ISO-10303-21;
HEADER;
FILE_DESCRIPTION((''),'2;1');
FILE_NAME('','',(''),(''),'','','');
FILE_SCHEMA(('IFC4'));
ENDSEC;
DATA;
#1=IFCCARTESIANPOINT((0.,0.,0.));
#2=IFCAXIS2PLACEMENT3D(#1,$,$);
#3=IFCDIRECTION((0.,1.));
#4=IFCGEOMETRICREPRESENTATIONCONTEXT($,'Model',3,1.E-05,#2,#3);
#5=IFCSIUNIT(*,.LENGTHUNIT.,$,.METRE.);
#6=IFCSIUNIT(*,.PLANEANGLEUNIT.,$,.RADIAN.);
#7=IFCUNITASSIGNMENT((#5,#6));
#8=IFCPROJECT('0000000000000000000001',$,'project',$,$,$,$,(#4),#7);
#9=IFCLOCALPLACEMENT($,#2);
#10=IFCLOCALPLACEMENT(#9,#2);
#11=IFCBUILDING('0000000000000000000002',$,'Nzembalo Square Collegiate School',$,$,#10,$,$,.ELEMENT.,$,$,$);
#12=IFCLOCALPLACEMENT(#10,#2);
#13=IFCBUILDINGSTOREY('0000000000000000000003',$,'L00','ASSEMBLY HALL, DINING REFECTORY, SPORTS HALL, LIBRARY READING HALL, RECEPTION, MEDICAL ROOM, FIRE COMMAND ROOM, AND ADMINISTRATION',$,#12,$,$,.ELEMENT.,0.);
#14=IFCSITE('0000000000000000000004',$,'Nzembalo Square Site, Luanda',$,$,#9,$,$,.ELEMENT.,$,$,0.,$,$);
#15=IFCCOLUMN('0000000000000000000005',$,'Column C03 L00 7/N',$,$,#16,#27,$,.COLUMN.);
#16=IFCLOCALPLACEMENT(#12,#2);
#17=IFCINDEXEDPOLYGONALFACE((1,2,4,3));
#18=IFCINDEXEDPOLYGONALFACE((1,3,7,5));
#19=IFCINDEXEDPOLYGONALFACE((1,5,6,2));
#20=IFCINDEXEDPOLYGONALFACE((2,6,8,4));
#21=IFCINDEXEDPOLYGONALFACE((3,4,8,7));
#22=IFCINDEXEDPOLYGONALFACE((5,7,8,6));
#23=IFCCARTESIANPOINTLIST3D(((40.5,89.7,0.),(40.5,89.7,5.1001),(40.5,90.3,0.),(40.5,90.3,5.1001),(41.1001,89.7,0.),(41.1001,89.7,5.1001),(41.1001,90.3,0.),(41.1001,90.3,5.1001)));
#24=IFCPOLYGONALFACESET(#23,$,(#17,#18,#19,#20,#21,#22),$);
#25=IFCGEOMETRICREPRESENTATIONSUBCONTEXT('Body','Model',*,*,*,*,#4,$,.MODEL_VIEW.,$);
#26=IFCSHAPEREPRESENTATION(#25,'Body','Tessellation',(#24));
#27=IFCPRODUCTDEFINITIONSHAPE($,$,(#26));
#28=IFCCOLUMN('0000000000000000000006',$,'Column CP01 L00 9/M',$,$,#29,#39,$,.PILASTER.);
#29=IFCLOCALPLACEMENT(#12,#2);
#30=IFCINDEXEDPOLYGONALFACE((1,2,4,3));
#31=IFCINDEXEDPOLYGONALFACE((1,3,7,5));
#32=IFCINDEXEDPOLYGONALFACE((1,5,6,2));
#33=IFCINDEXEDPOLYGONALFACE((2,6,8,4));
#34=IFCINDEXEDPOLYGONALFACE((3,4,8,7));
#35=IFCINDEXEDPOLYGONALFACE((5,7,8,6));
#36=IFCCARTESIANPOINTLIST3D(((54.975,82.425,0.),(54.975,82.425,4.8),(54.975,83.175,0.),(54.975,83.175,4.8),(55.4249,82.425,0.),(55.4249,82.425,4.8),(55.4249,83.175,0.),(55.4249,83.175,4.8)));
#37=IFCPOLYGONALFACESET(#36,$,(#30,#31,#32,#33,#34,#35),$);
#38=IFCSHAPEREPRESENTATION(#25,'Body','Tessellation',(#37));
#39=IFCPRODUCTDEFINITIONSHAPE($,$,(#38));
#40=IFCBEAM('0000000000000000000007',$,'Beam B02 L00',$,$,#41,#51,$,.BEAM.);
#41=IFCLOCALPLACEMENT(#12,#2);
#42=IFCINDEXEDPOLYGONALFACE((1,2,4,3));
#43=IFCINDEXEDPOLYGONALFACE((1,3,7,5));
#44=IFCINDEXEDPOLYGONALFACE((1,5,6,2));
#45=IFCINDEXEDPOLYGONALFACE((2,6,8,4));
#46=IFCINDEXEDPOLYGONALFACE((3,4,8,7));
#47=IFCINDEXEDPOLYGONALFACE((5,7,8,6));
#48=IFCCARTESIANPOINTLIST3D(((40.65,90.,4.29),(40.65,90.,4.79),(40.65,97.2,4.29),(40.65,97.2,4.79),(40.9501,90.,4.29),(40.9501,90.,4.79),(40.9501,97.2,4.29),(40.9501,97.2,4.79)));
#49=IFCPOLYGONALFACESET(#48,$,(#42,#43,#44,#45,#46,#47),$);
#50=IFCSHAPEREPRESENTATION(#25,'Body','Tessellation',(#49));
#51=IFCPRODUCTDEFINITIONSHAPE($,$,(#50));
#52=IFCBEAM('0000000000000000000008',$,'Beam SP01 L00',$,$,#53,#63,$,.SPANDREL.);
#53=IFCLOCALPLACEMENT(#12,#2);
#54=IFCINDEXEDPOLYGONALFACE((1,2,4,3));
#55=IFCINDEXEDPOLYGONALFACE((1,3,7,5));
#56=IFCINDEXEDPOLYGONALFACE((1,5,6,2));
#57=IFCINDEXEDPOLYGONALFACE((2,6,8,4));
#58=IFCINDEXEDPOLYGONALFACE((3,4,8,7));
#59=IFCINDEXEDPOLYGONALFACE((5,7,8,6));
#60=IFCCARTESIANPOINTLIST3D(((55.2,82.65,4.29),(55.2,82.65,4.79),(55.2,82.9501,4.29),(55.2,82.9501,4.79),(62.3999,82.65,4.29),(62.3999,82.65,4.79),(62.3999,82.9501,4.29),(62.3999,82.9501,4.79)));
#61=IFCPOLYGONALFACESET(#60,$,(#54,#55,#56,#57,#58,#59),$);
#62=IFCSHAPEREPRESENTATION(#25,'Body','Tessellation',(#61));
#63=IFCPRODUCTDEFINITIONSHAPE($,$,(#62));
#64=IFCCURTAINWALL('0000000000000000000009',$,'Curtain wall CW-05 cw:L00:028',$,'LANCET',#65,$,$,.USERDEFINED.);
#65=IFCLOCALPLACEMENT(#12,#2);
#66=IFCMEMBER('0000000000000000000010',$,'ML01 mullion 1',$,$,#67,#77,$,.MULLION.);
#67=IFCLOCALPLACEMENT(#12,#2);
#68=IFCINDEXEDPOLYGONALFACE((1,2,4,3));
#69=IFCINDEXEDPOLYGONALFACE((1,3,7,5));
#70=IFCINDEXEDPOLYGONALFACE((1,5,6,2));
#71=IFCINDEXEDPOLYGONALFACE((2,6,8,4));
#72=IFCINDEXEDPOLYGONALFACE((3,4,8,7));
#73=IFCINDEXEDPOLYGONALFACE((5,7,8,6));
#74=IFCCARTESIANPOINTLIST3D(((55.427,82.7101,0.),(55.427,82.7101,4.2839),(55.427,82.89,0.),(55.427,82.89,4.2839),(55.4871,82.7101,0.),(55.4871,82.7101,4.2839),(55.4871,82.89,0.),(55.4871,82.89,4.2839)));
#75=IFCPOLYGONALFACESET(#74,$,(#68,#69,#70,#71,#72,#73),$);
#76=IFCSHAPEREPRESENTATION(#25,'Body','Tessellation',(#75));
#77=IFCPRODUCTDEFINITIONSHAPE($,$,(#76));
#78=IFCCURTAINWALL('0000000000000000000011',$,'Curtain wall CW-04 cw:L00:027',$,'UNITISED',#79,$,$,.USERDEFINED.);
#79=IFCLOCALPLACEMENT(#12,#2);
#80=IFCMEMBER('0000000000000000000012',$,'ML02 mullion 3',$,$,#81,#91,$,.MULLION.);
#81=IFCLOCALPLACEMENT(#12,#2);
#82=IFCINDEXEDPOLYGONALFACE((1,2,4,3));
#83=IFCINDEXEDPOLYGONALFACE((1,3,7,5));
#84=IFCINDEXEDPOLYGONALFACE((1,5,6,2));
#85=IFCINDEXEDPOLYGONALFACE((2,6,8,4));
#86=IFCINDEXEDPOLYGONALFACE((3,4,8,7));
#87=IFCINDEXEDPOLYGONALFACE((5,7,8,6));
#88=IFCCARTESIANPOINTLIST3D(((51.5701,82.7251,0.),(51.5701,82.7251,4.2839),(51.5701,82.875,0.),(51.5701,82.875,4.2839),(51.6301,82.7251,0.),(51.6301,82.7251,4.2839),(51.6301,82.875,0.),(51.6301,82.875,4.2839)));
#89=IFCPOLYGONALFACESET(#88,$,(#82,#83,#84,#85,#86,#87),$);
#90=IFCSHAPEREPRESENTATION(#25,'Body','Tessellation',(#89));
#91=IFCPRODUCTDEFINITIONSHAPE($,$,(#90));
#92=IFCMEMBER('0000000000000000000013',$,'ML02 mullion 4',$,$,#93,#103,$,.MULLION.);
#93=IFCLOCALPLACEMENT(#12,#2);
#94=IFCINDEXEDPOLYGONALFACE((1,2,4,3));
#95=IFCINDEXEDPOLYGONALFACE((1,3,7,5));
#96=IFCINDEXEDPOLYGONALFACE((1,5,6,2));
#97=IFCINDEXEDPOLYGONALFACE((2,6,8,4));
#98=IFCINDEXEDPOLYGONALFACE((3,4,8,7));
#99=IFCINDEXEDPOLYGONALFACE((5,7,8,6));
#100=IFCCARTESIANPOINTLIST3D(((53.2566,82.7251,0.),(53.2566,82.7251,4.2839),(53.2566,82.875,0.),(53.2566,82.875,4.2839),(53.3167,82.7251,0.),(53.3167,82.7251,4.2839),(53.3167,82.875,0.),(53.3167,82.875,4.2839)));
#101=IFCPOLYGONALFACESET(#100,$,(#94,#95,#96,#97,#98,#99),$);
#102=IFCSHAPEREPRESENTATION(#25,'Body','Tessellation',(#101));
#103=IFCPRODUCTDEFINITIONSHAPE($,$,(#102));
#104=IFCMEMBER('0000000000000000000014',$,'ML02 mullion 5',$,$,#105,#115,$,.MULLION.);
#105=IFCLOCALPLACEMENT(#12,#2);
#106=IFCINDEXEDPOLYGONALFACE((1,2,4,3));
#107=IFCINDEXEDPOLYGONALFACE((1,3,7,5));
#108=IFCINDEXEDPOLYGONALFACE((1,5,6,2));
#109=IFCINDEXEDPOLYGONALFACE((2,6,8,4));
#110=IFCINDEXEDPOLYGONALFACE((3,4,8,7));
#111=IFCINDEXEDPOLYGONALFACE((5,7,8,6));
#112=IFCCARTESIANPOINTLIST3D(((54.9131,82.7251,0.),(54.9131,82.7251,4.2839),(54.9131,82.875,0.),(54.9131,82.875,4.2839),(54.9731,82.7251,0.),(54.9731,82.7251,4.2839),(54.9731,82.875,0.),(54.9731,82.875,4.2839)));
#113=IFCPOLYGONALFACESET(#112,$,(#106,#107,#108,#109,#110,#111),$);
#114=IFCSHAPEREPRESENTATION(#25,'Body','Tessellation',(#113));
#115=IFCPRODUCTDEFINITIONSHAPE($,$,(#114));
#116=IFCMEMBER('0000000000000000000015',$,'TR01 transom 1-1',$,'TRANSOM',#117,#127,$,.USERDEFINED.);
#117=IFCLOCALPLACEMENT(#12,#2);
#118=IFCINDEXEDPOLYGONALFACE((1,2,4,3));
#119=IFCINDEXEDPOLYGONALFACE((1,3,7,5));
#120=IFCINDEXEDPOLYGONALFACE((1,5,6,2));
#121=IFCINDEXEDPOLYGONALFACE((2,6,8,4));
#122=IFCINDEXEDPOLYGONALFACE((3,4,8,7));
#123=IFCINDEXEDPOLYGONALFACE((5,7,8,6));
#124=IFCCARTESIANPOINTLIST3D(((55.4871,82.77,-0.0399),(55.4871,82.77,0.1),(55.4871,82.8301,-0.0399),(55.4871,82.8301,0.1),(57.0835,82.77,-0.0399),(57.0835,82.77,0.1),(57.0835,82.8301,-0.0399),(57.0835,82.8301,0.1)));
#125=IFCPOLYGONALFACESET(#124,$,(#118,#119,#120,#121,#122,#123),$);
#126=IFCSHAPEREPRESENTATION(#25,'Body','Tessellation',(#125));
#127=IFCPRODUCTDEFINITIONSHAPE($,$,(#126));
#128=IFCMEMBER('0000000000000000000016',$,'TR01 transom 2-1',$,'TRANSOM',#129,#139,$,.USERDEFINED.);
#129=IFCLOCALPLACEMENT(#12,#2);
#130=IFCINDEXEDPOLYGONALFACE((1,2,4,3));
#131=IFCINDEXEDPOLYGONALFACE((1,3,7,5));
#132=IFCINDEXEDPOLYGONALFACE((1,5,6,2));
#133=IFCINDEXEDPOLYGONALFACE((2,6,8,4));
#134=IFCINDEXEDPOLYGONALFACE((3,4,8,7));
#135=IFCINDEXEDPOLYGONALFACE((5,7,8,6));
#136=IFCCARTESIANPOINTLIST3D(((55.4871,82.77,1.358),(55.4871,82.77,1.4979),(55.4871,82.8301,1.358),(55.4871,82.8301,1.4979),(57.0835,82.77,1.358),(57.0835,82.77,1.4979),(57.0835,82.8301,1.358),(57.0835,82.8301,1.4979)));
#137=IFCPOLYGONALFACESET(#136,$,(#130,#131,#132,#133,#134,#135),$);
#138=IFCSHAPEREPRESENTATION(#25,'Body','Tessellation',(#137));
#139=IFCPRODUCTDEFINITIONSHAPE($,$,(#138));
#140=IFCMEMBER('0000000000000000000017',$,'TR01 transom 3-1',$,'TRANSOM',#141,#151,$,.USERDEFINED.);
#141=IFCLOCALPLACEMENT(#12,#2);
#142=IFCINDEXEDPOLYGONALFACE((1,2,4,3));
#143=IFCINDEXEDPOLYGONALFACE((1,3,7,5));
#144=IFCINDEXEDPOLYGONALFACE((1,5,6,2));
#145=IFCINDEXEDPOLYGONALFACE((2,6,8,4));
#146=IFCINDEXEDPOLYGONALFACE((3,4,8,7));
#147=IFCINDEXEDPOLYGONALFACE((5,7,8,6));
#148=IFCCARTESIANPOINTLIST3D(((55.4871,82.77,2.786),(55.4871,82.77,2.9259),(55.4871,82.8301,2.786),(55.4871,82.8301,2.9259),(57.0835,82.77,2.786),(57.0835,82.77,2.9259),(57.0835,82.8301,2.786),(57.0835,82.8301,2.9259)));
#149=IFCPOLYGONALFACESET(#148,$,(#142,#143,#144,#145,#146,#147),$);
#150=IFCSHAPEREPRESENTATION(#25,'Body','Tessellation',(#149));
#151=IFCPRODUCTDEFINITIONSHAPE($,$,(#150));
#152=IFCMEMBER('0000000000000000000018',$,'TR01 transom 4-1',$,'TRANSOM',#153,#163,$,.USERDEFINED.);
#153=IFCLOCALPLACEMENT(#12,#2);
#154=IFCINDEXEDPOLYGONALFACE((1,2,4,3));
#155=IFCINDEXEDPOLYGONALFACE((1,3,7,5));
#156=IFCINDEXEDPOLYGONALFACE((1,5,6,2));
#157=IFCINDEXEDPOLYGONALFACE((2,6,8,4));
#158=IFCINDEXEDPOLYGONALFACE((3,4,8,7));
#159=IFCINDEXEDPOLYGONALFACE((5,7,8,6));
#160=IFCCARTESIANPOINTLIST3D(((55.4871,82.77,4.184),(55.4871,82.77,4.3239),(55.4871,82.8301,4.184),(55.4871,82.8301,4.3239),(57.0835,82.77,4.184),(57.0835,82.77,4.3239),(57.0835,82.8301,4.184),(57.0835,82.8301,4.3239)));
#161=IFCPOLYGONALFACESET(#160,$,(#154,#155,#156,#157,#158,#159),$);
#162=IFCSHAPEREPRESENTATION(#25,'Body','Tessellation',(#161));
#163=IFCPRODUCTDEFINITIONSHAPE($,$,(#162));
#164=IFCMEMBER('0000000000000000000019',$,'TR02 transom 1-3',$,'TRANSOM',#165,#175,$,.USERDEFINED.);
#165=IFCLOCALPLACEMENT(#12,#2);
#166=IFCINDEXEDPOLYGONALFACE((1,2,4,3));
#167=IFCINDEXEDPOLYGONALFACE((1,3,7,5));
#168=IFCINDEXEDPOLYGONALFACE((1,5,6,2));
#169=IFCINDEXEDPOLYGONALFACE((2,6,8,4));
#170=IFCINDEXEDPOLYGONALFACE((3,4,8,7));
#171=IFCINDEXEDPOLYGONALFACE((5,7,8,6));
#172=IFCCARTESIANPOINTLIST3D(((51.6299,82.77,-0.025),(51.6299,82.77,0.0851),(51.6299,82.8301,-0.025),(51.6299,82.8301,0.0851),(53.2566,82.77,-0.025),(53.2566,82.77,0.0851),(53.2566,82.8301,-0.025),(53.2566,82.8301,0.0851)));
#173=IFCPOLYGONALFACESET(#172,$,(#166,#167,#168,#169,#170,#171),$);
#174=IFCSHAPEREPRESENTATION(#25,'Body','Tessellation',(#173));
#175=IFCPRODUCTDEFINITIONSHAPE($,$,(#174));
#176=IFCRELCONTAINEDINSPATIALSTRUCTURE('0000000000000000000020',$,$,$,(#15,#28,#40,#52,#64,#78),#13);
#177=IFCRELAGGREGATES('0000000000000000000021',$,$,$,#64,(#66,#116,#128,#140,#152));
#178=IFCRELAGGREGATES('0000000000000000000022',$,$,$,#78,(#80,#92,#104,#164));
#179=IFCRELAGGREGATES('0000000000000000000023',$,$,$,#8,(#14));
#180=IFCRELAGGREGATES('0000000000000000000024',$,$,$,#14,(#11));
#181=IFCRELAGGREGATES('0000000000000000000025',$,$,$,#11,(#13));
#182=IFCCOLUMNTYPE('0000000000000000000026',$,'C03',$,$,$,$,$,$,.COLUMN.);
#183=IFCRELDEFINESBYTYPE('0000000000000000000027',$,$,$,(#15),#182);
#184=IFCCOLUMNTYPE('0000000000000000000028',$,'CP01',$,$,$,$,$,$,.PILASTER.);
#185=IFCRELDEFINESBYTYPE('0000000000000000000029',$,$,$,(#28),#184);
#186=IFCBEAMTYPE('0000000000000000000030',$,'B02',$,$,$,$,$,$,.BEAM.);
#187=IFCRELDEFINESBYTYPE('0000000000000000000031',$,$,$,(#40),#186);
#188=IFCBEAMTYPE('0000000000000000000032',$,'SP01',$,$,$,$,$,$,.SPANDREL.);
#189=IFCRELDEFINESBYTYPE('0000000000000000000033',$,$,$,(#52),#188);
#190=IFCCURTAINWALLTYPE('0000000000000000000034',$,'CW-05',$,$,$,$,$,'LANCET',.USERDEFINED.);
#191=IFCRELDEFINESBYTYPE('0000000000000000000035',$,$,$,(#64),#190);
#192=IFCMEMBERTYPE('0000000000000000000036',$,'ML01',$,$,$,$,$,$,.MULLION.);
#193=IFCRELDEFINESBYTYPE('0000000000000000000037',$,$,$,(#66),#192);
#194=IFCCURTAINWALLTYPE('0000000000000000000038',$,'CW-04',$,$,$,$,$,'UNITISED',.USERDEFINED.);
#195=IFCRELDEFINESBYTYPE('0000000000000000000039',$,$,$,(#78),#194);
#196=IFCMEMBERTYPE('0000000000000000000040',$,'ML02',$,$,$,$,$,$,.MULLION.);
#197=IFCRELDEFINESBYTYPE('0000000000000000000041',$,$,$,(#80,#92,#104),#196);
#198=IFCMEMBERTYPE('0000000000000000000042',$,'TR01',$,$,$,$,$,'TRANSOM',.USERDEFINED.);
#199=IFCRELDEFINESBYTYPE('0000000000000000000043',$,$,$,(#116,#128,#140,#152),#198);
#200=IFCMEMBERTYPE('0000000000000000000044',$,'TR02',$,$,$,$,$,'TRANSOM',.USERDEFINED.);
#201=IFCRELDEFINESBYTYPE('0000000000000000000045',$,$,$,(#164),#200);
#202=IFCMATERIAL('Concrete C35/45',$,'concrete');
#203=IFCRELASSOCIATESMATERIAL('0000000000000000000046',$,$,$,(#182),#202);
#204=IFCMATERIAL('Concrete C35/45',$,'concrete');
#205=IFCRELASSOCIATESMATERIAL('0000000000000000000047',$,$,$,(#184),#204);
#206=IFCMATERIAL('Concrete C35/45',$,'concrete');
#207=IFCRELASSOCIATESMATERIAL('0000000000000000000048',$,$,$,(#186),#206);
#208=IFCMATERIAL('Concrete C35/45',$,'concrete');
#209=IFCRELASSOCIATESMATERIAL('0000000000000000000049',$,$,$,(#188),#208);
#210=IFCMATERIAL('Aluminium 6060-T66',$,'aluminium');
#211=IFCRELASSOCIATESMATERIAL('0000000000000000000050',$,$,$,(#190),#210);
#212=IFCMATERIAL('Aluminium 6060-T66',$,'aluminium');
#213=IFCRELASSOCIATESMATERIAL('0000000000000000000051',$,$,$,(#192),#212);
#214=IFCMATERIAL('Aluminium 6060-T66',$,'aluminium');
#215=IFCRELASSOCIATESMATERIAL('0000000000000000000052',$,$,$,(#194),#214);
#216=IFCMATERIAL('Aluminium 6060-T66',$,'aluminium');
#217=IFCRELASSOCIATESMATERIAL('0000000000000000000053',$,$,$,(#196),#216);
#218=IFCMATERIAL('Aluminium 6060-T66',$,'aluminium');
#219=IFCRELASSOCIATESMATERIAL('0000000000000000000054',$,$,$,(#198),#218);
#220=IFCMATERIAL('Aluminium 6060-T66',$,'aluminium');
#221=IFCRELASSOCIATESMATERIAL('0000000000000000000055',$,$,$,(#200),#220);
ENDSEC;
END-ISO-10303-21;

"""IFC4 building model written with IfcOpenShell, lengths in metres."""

from ifc_helpers import new_model, si_unit, direction, frame, origin, origin_2d, place, context, subcontext, project, spatial, rectangle, extrude, material, material_profile, profile_set, type_object, element, aggregate, save


model = new_model("IFC4")

# Units and contexts
model_context = context("Model", 3, precision=1e-05, world=origin(), true_north=direction((0.0, 1.0)))
body_context = subcontext(model_context, "Body", "Model", "MODEL_VIEW")
ifc_project = project(units=[si_unit("LENGTHUNIT", "METRE"), si_unit("PLANEANGLEUNIT", "RADIAN")], contexts=[model_context])

# Site, building, storey
site_placement = place(None, origin())
site = spatial("IfcSite", under=ifc_project, at=site_placement, Name="Nzembalo Square Site, Luanda", CompositionType="ELEMENT", RefElevation=0.0)
building_placement = place(site_placement, origin())
building = spatial("IfcBuilding", under=site, at=building_placement, Name="Nzembalo Square Collegiate School", CompositionType="ELEMENT")
storey_placement = place(building_placement, origin())
storey = spatial("IfcBuildingStorey", under=building, at=storey_placement, Name="L00", Description="ASSEMBLY HALL, DINING REFECTORY, SPORTS HALL, LIBRARY READING HALL, RECEPTION, MEDICAL ROOM, FIRE COMMAND ROOM, AND ADMINISTRATION", CompositionType="ELEMENT", Elevation=0.0)

# Columns
ifc_material_1 = material(Name="Concrete C35/45", Category="concrete")
ifc_material_profile_1 = material_profile(ifc_material_1, rectangle(XDim=0.6001, YDim=0.6001, at=origin_2d()), Name="RC 600x600")
ifc_profile_set_1 = profile_set([ifc_material_profile_1], Name="Concrete C35/45")
column_type_1 = type_object("IfcColumnType", Name="C03", PredefinedType="COLUMN", material=ifc_profile_set_1)
column_1_placement = place(storey_placement, frame((40.8, 90.0, 0.0), z_axis=(0.0, 0.0, 1.0), x_axis=(1.0, 0.0, 0.0)))
element("IfcColumn", 1, at=column_1_placement, inside=storey, type_object=column_type_1, Name="Column C03 L00 7/N", PredefinedType="COLUMN", context=body_context, shape_type="SweptSolid", body=[
    extrude(rectangle(XDim=0.6001, YDim=0.6001, at=origin_2d()), origin(), (0.0, 0.0, 1.0), 5.1001),
])
ifc_material_2 = material(Name="Concrete C35/45", Category="concrete")
ifc_material_profile_2 = material_profile(ifc_material_2, rectangle(XDim=0.45, YDim=0.75, at=origin_2d()), Name="RC 450x750")
ifc_profile_set_2 = profile_set([ifc_material_profile_2], Name="Concrete C35/45")
column_type_2 = type_object("IfcColumnType", Name="CP01", PredefinedType="PILASTER", material=ifc_profile_set_2)
column_2_placement = place(storey_placement, frame((55.2, 82.8, 0.0), z_axis=(0.0, 0.0, 1.0), x_axis=(1.0, 0.0, 0.0)))
element("IfcColumn", 2, at=column_2_placement, inside=storey, type_object=column_type_2, Name="Column CP01 L00 9/M", PredefinedType="PILASTER", context=body_context, shape_type="SweptSolid", body=[
    extrude(rectangle(XDim=0.45, YDim=0.75, at=origin_2d()), origin(), (0.0, 0.0, 1.0), 4.8),
])

# Beams
ifc_material_3 = material(Name="Concrete C35/45", Category="concrete")
ifc_material_profile_3 = material_profile(ifc_material_3, rectangle(XDim=0.3, YDim=0.5, at=origin_2d()), Name="RC 300x500")
ifc_profile_set_3 = profile_set([ifc_material_profile_3], Name="Concrete C35/45")
beam_type_1 = type_object("IfcBeamType", Name="B02", PredefinedType="BEAM", material=ifc_profile_set_3)
beam_1_placement = place(storey_placement, frame((40.8, 90.0, 4.54), z_axis=(0.0, 1.0, 0.0), x_axis=(-1.0, 0.0, 0.0)))
element("IfcBeam", 3, at=beam_1_placement, inside=storey, type_object=beam_type_1, Name="Beam B02 L00", PredefinedType="BEAM", context=body_context, shape_type="SweptSolid", body=[
    extrude(rectangle(XDim=0.3, YDim=0.5, at=origin_2d()), origin(), (0.0, 0.0, 1.0), 7.2),
])
ifc_material_4 = material(Name="Concrete C35/45", Category="concrete")
ifc_material_profile_4 = material_profile(ifc_material_4, rectangle(XDim=0.3, YDim=0.5, at=origin_2d()), Name="RC 300x500")
ifc_profile_set_4 = profile_set([ifc_material_profile_4], Name="Concrete C35/45")
beam_type_2 = type_object("IfcBeamType", Name="SP01", PredefinedType="SPANDREL", material=ifc_profile_set_4)
beam_2_placement = place(storey_placement, frame((55.2, 82.8, 4.54), z_axis=(1.0, 0.0, 0.0), x_axis=(0.0, 1.0, 0.0)))
element("IfcBeam", 4, at=beam_2_placement, inside=storey, type_object=beam_type_2, Name="Beam SP01 L00", PredefinedType="SPANDREL", context=body_context, shape_type="SweptSolid", body=[
    extrude(rectangle(XDim=0.3, YDim=0.5, at=origin_2d()), origin(), (0.0, 0.0, 1.0), 7.2),
])

# Curtain wall, member
ifc_material_5 = material(Name="Aluminium 6060-T66", Category="aluminium")
curtain_wall_type_1 = type_object("IfcCurtainWallType", Name="CW-05", ElementType="LANCET", PredefinedType="USERDEFINED", material=ifc_material_5)
curtain_wall_1_placement = place(storey_placement, origin())
curtain_wall_1 = element("IfcCurtainWall", 5, at=curtain_wall_1_placement, inside=storey, type_object=curtain_wall_type_1, Name="Curtain wall CW-05 cw:L00:028", ObjectType="LANCET", PredefinedType="USERDEFINED")
ifc_material_6 = material(Name="Aluminium 6060-T66", Category="aluminium")
ifc_material_profile_5 = material_profile(ifc_material_6, rectangle(XDim=0.0601, YDim=0.1799, at=origin_2d()), Name="ALU M60x180")
ifc_profile_set_5 = profile_set([ifc_material_profile_5], Name="Aluminium 6060-T66")
member_type_1 = type_object("IfcMemberType", Name="ML01", PredefinedType="MULLION", material=ifc_profile_set_5)
member_1_placement = place(storey_placement, frame((55.457, 82.8, 0.0), z_axis=(0.0, 0.0, 1.0), x_axis=(1.0, 0.0, 0.0)))
member_1 = element("IfcMember", 6, at=member_1_placement, type_object=member_type_1, Name="ML01 mullion 1", PredefinedType="MULLION", context=body_context, shape_type="SweptSolid", body=[
    extrude(rectangle(XDim=0.0601, YDim=0.1799, at=origin_2d()), origin(), (0.0, 0.0, 1.0), 4.2839),
])

# Curtain wall, members
ifc_material_7 = material(Name="Aluminium 6060-T66", Category="aluminium")
curtain_wall_type_2 = type_object("IfcCurtainWallType", Name="CW-04", ElementType="UNITISED", PredefinedType="USERDEFINED", material=ifc_material_7)
curtain_wall_2_placement = place(storey_placement, origin())
curtain_wall_2 = element("IfcCurtainWall", 7, at=curtain_wall_2_placement, inside=storey, type_object=curtain_wall_type_2, Name="Curtain wall CW-04 cw:L00:027", ObjectType="UNITISED", PredefinedType="USERDEFINED")
ifc_material_8 = material(Name="Aluminium 6060-T66", Category="aluminium")
ifc_material_profile_6 = material_profile(ifc_material_8, rectangle(XDim=0.0601, YDim=0.1499, at=origin_2d()), Name="ALU M60x150")
ifc_profile_set_6 = profile_set([ifc_material_profile_6], Name="Aluminium 6060-T66")
member_type_2 = type_object("IfcMemberType", Name="ML02", PredefinedType="MULLION", material=ifc_profile_set_6)
member_2_placement = place(storey_placement, frame((51.6001, 82.8, 0.0), z_axis=(0.0, 0.0, 1.0), x_axis=(1.0, 0.0, 0.0)))
member_2 = element("IfcMember", 8, at=member_2_placement, type_object=member_type_2, Name="ML02 mullion 3", PredefinedType="MULLION", context=body_context, shape_type="SweptSolid", body=[
    extrude(rectangle(XDim=0.0601, YDim=0.1499, at=origin_2d()), origin(), (0.0, 0.0, 1.0), 4.2839),
])
member_3_placement = place(storey_placement, frame((53.2866, 82.8, 0.0), z_axis=(0.0, 0.0, 1.0), x_axis=(1.0, 0.0, 0.0)))
member_3 = element("IfcMember", 9, at=member_3_placement, type_object=member_type_2, Name="ML02 mullion 4", PredefinedType="MULLION", context=body_context, shape_type="SweptSolid", body=[
    extrude(rectangle(XDim=0.0601, YDim=0.1499, at=origin_2d()), origin(), (0.0, 0.0, 1.0), 4.2839),
])
member_4_placement = place(storey_placement, frame((54.9431, 82.8, 0.0), z_axis=(0.0, 0.0, 1.0), x_axis=(1.0, 0.0, 0.0)))
member_4 = element("IfcMember", 10, at=member_4_placement, type_object=member_type_2, Name="ML02 mullion 5", PredefinedType="MULLION", context=body_context, shape_type="SweptSolid", body=[
    extrude(rectangle(XDim=0.0601, YDim=0.1499, at=origin_2d()), origin(), (0.0, 0.0, 1.0), 4.2839),
])

# Members
ifc_material_9 = material(Name="Aluminium 6060-T66", Category="aluminium")
ifc_material_profile_7 = material_profile(ifc_material_9, rectangle(XDim=0.0601, YDim=0.1399, at=origin_2d()), Name="ALU T60x140")
ifc_profile_set_7 = profile_set([ifc_material_profile_7], Name="Aluminium 6060-T66")
member_type_3 = type_object("IfcMemberType", Name="TR01", ElementType="TRANSOM", PredefinedType="USERDEFINED", material=ifc_profile_set_7)
member_5_placement = place(storey_placement, frame((55.4871, 82.8, 0.03), z_axis=(1.0, 0.0, 0.0), x_axis=(0.0, 1.0, 0.0)))
member_5 = element("IfcMember", 11, at=member_5_placement, type_object=member_type_3, Name="TR01 transom 1-1", ObjectType="TRANSOM", PredefinedType="USERDEFINED", context=body_context, shape_type="SweptSolid", body=[
    extrude(rectangle(XDim=0.0601, YDim=0.1399, at=origin_2d()), origin(), (0.0, 0.0, 1.0), 1.5964),
])
member_6_placement = place(storey_placement, frame((55.4871, 82.8, 1.428), z_axis=(1.0, 0.0, 0.0), x_axis=(0.0, 1.0, 0.0)))
member_6 = element("IfcMember", 12, at=member_6_placement, type_object=member_type_3, Name="TR01 transom 2-1", ObjectType="TRANSOM", PredefinedType="USERDEFINED", context=body_context, shape_type="SweptSolid", body=[
    extrude(rectangle(XDim=0.0601, YDim=0.1399, at=origin_2d()), origin(), (0.0, 0.0, 1.0), 1.5964),
])
member_7_placement = place(storey_placement, frame((55.4871, 82.8, 2.856), z_axis=(1.0, 0.0, 0.0), x_axis=(0.0, 1.0, 0.0)))
member_7 = element("IfcMember", 13, at=member_7_placement, type_object=member_type_3, Name="TR01 transom 3-1", ObjectType="TRANSOM", PredefinedType="USERDEFINED", context=body_context, shape_type="SweptSolid", body=[
    extrude(rectangle(XDim=0.0601, YDim=0.1399, at=origin_2d()), origin(), (0.0, 0.0, 1.0), 1.5964),
])
member_8_placement = place(storey_placement, frame((55.4871, 82.8, 4.2539), z_axis=(1.0, 0.0, 0.0), x_axis=(0.0, 1.0, 0.0)))
member_8 = element("IfcMember", 14, at=member_8_placement, type_object=member_type_3, Name="TR01 transom 4-1", ObjectType="TRANSOM", PredefinedType="USERDEFINED", context=body_context, shape_type="SweptSolid", body=[
    extrude(rectangle(XDim=0.0601, YDim=0.1399, at=origin_2d()), origin(), (0.0, 0.0, 1.0), 1.5964),
])
aggregate(curtain_wall_1, [member_1, member_5, member_6, member_7, member_8])
ifc_material_10 = material(Name="Aluminium 6060-T66", Category="aluminium")
ifc_material_profile_8 = material_profile(ifc_material_10, rectangle(XDim=0.0601, YDim=0.1101, at=origin_2d()), Name="ALU T60x110")
ifc_profile_set_8 = profile_set([ifc_material_profile_8], Name="Aluminium 6060-T66")
member_type_4 = type_object("IfcMemberType", Name="TR02", ElementType="TRANSOM", PredefinedType="USERDEFINED", material=ifc_profile_set_8)
member_9_placement = place(storey_placement, frame((51.6299, 82.8, 0.03), z_axis=(1.0, 0.0, 0.0), x_axis=(0.0, 1.0, 0.0)))
member_9 = element("IfcMember", 15, at=member_9_placement, type_object=member_type_4, Name="TR02 transom 1-3", ObjectType="TRANSOM", PredefinedType="USERDEFINED", context=body_context, shape_type="SweptSolid", body=[
    extrude(rectangle(XDim=0.0601, YDim=0.1101, at=origin_2d()), origin(), (0.0, 0.0, 1.0), 1.6267),
])

aggregate(curtain_wall_2, [member_2, member_3, member_4, member_9])

save(model, "model.ifc")
